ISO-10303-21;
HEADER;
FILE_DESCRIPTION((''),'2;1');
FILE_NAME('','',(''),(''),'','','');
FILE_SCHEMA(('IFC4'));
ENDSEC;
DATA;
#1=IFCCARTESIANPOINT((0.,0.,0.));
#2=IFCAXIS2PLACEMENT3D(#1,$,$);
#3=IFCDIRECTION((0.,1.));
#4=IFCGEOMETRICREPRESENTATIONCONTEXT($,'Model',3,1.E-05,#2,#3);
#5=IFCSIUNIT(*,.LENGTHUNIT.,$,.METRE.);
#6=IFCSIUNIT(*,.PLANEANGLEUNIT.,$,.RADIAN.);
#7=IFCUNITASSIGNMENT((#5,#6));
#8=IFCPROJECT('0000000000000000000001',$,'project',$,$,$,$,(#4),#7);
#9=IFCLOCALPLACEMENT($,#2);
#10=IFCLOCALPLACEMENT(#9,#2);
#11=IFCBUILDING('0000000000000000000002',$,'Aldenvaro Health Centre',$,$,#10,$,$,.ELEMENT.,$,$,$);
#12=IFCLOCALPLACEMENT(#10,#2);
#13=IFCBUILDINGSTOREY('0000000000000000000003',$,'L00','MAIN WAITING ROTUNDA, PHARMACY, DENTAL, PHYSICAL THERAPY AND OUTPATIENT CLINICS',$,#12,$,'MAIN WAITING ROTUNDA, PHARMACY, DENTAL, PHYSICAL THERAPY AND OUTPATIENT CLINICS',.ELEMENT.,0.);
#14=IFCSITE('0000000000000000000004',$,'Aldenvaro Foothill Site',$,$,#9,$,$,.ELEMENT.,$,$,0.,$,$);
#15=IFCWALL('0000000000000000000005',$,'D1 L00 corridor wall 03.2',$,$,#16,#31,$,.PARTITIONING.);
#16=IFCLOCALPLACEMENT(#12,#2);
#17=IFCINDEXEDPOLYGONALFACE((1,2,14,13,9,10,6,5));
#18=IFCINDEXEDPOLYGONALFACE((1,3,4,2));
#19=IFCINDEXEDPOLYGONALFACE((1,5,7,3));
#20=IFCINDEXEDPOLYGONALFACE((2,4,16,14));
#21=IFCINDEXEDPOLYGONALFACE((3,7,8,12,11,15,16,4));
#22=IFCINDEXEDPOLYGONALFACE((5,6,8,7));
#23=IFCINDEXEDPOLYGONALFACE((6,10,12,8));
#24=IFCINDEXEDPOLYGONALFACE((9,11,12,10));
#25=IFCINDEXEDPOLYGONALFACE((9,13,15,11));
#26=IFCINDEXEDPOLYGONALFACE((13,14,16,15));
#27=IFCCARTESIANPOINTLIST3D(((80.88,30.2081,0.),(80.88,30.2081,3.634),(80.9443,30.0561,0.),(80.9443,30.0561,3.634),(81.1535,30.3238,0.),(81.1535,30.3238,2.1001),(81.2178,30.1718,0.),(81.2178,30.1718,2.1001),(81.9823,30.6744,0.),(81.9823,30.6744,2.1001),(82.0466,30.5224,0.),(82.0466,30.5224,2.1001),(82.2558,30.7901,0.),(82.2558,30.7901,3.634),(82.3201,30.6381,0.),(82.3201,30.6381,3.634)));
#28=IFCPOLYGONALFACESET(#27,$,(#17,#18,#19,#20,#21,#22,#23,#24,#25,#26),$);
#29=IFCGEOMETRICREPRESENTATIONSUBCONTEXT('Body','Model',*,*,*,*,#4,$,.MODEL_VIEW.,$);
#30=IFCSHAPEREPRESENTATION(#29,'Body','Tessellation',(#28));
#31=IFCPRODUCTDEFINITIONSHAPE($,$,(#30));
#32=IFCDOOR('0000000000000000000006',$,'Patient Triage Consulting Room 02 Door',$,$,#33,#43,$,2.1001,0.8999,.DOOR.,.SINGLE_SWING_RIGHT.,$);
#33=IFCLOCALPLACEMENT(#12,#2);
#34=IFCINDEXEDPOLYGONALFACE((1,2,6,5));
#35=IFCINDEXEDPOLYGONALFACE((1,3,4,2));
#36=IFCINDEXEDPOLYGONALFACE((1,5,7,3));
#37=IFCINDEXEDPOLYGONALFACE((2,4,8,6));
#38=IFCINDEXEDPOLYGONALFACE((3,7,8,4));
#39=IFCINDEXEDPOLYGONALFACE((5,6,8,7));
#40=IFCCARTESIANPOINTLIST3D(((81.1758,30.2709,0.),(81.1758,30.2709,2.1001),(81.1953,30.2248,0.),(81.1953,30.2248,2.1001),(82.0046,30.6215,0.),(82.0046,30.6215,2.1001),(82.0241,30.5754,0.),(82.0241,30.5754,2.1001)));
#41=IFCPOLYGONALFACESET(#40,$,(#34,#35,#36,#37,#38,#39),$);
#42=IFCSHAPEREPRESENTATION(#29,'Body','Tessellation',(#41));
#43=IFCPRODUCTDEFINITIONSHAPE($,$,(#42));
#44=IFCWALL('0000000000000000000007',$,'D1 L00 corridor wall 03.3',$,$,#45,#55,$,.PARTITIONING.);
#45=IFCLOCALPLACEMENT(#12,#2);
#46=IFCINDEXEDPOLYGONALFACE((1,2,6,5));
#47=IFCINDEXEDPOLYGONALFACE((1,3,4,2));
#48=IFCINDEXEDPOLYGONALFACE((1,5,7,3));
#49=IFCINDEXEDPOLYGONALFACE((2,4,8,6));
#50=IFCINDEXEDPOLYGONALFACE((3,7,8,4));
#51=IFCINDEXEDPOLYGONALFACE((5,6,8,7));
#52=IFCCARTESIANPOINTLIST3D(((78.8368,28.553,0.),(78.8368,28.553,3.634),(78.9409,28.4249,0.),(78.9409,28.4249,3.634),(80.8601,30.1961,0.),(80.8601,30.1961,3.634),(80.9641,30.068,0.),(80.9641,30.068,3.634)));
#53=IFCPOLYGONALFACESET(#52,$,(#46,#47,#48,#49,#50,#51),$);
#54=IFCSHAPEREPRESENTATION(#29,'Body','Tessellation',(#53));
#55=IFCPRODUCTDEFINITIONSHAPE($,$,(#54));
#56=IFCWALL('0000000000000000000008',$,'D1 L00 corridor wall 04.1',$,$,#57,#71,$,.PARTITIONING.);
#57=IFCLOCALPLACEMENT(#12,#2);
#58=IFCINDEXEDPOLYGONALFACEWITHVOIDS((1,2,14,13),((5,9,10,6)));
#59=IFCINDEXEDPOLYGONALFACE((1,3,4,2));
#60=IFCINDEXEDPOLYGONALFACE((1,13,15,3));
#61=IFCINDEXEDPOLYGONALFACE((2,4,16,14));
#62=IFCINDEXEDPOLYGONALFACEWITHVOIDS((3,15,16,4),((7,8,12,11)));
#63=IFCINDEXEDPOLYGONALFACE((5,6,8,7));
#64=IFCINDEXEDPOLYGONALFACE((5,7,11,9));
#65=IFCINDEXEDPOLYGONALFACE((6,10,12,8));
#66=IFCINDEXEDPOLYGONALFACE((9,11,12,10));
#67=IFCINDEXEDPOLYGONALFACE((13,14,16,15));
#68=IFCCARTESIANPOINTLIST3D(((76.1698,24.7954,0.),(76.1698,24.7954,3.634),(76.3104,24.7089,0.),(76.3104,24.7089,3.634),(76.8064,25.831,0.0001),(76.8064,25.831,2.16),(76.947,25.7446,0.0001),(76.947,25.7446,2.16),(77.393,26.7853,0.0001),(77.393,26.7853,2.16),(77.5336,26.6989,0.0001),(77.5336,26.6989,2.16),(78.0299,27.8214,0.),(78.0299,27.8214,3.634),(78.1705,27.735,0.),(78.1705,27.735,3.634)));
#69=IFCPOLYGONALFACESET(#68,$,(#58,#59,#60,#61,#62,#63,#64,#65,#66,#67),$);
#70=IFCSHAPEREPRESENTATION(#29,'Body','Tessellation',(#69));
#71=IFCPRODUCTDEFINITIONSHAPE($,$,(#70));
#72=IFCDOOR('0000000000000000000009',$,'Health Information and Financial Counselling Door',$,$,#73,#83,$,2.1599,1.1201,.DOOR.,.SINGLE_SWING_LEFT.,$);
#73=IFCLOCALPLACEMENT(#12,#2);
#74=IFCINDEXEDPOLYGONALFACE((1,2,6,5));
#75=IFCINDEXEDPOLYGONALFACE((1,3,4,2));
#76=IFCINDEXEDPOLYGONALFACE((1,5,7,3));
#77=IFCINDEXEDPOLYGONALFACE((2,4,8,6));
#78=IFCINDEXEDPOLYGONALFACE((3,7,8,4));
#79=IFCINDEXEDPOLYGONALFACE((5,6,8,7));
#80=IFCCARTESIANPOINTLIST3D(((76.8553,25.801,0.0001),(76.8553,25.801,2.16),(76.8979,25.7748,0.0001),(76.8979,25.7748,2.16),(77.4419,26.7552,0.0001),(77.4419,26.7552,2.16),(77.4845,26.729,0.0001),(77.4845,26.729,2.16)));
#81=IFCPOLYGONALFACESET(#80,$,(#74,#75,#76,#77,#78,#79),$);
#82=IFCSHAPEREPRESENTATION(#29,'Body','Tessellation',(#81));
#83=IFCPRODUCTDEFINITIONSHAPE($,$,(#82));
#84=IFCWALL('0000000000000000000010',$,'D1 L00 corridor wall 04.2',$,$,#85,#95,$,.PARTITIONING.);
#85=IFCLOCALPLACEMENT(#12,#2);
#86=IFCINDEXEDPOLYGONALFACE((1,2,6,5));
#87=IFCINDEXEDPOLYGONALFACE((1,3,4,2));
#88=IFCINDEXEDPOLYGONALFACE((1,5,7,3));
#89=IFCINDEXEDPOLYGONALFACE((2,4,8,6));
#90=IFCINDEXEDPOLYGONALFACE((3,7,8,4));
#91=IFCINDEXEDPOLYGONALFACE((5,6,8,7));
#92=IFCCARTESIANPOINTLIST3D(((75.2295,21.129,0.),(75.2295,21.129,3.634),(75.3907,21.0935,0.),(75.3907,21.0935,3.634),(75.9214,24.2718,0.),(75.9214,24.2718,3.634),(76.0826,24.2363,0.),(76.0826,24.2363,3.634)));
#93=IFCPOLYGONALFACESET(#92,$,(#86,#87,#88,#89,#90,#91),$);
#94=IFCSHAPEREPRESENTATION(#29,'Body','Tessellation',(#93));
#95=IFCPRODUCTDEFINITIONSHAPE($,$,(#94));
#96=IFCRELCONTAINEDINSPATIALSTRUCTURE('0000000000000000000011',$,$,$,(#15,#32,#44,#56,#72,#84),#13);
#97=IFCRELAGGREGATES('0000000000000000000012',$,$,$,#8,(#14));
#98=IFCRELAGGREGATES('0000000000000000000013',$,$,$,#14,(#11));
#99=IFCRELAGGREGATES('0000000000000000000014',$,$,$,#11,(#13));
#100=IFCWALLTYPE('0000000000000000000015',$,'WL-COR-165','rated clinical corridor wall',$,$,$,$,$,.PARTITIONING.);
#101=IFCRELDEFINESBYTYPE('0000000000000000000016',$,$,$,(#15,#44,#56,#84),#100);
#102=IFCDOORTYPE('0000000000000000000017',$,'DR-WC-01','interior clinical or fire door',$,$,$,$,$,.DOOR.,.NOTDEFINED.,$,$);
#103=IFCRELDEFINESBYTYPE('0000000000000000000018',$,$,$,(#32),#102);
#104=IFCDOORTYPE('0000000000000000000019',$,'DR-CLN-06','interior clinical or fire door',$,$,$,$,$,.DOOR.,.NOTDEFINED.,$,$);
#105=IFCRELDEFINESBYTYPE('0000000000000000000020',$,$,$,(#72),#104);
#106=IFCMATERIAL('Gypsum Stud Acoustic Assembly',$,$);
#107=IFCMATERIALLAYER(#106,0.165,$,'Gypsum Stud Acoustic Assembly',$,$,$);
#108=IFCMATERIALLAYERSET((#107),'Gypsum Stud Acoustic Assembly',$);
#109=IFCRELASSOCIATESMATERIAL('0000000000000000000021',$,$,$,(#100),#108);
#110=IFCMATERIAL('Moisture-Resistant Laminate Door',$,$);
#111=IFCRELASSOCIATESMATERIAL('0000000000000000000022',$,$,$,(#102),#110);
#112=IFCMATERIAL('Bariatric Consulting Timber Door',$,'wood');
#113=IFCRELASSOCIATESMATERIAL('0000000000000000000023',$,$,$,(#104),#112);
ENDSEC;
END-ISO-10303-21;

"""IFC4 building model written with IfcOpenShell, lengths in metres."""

from ifc_helpers import new_model, si_unit, direction, frame, frame_2d, origin, place, context, subcontext, project, spatial, rectangle, extrude, material, layer, layer_set, type_object, element, fill, save


model = new_model("IFC4")

# Units and contexts
model_context = context("Model", 3, precision=1e-05, world=origin(), true_north=direction((0.0, 1.0)))
body_context = subcontext(model_context, "Body", "Model", "MODEL_VIEW")
ifc_project = project(units=[si_unit("LENGTHUNIT", "METRE"), si_unit("PLANEANGLEUNIT", "RADIAN")], contexts=[model_context])

# Site, building, storey
site_placement = place(None, origin())
site = spatial("IfcSite", under=ifc_project, at=site_placement, Name="Aldenvaro Foothill Site", CompositionType="ELEMENT", RefElevation=0.0)
building_placement = place(site_placement, origin())
building = spatial("IfcBuilding", under=site, at=building_placement, Name="Aldenvaro Health Centre", CompositionType="ELEMENT")
storey_placement = place(building_placement, origin())
storey = spatial("IfcBuildingStorey", under=building, at=storey_placement, Name="L00", Description="MAIN WAITING ROTUNDA, PHARMACY, DENTAL, PHYSICAL THERAPY AND OUTPATIENT CLINICS", LongName="MAIN WAITING ROTUNDA, PHARMACY, DENTAL, PHYSICAL THERAPY AND OUTPATIENT CLINICS", CompositionType="ELEMENT", Elevation=0.0)

# Shared definitions
ifc_material_1 = material(Name="Gypsum Stud Acoustic Assembly")

# Shared definitions
ifc_layer_1 = layer(ifc_material_1, 0.165, Name="Gypsum Stud Acoustic Assembly")
ifc_layer_set_1 = layer_set([ifc_layer_1], Name="Gypsum Stud Acoustic Assembly")
wall_type_1 = type_object("IfcWallType", Name="WL-COR-165", Description="rated clinical corridor wall", PredefinedType="PARTITIONING", material=ifc_layer_set_1)

# Wall, opening, door
wall_1_placement = place(storey_placement, frame((82.2881, 30.7141, 0.0), z_axis=(0.0, 0.0, 1.0), x_axis=(-0.920994, -0.389576, 0.0)))
wall_1 = element("IfcWall", 1, at=wall_1_placement, inside=storey, type_object=wall_type_1, Name="D1 L00 corridor wall 03.2", PredefinedType="PARTITIONING", context=body_context, shape_type="SweptSolid", body=[
    extrude(rectangle(XDim=1.4939, YDim=0.165, at=frame_2d((0.7471, 0.0))), origin(), (0.0, 0.0, 1.0), 3.634),
])
opening_1_placement = place(wall_1_placement, frame((0.2971, 0.0, 0.0)))
opening_1 = element("IfcOpeningElement", 2, at=opening_1_placement, cuts=wall_1, PredefinedType="OPENING", context=body_context, shape_type="SweptSolid", body=[
    extrude(rectangle(XDim=0.8999, YDim=2.1001, at=frame_2d((0.45, 1.05))), frame((0.0, 0.0925, 0.0), z_axis=(0.0, -1.0, 0.0), x_axis=(1.0, 0.0, 0.0)), (0.0, 0.0, 1.0), 0.1851),
])
ifc_material_2 = material(Name="Moisture-Resistant Laminate Door")
door_type_1 = type_object("IfcDoorType", Name="DR-WC-01", Description="interior clinical or fire door", OperationType="NOTDEFINED", PredefinedType="DOOR", material=ifc_material_2)
door_1_placement = place(opening_1_placement, origin())
door_1 = element("IfcDoor", 3, at=door_1_placement, inside=storey, type_object=door_type_1, Name="Patient Triage Consulting Room 02 Door", OperationType="SINGLE_SWING_RIGHT", OverallHeight=2.1001, OverallWidth=0.8999, PredefinedType="DOOR", context=body_context, shape_type="SweptSolid", body=[
    extrude(rectangle(XDim=0.8999, YDim=2.1001, at=frame_2d((0.45, 1.05))), frame((0.0, 0.0249, 0.0), z_axis=(0.0, -1.0, 0.0), x_axis=(1.0, 0.0, 0.0)), (0.0, 0.0, 1.0), 0.05),
])
fill(opening_1, door_1)

# Wall
wall_2_placement = place(storey_placement, frame((80.9121, 30.1321, 0.0), z_axis=(0.0, 0.0, 1.0), x_axis=(-0.77626, -0.630413, 0.0)))
element("IfcWall", 4, at=wall_2_placement, inside=storey, type_object=wall_type_1, Name="D1 L00 corridor wall 03.3", PredefinedType="PARTITIONING", context=body_context, shape_type="SweptSolid", body=[
    extrude(rectangle(XDim=2.6064, YDim=0.165, at=frame_2d((1.3032, 0.0))), origin(), (0.0, 0.0, 1.0), 3.634),
])

# Wall, opening, door
wall_3_placement = place(storey_placement, frame((78.1001, 27.7781, 0.0), z_axis=(0.0, 0.0, 1.0), x_axis=(-0.523664, -0.851925, 0.0)))
wall_3 = element("IfcWall", 5, at=wall_3_placement, inside=storey, type_object=wall_type_1, Name="D1 L00 corridor wall 04.1", PredefinedType="PARTITIONING", context=body_context, shape_type="SweptSolid", body=[
    extrude(rectangle(XDim=3.552, YDim=0.165, at=frame_2d((1.7759, 0.0))), origin(), (0.0, 0.0, 1.0), 3.634),
])
opening_2_placement = place(wall_3_placement, frame((1.2161, 0.0, 0.0)))
opening_2 = element("IfcOpeningElement", 6, at=opening_2_placement, cuts=wall_3, PredefinedType="OPENING", context=body_context, shape_type="SweptSolid", body=[
    extrude(rectangle(XDim=1.1201, YDim=2.1599, at=frame_2d((0.5601, 1.0801))), frame((0.0, 0.0925, 0.0), z_axis=(0.0, -1.0, 0.0), x_axis=(1.0, 0.0, 0.0)), (0.0, 0.0, 1.0), 0.1851),
])
ifc_material_3 = material(Name="Bariatric Consulting Timber Door", Category="wood")
door_type_2 = type_object("IfcDoorType", Name="DR-CLN-06", Description="interior clinical or fire door", OperationType="NOTDEFINED", PredefinedType="DOOR", material=ifc_material_3)
door_2_placement = place(opening_2_placement, origin())
door_2 = element("IfcDoor", 7, at=door_2_placement, inside=storey, type_object=door_type_2, Name="Health Information and Financial Counselling Door", OperationType="SINGLE_SWING_LEFT", OverallHeight=2.1599, OverallWidth=1.1201, PredefinedType="DOOR", context=body_context, shape_type="SweptSolid", body=[
    extrude(rectangle(XDim=1.1201, YDim=2.1599, at=frame_2d((0.5601, 1.0801))), frame((0.0, 0.0249, 0.0), z_axis=(0.0, -1.0, 0.0), x_axis=(1.0, 0.0, 0.0)), (0.0, 0.0, 1.0), 0.05),
])
fill(opening_2, door_2)

# Wall
wall_4_placement = place(storey_placement, frame((76.002, 24.2539, 0.0), z_axis=(0.0, 0.0, 1.0), x_axis=(-0.215002, -0.976614, 0.0)))
element("IfcWall", 8, at=wall_4_placement, inside=storey, type_object=wall_type_1, Name="D1 L00 corridor wall 04.2", PredefinedType="PARTITIONING", context=body_context, shape_type="SweptSolid", body=[
    extrude(rectangle(XDim=3.218, YDim=0.165, at=frame_2d((1.6089, 0.0))), origin(), (0.0, 0.0, 1.0), 3.634),
])

save(model, "model.ifc")
